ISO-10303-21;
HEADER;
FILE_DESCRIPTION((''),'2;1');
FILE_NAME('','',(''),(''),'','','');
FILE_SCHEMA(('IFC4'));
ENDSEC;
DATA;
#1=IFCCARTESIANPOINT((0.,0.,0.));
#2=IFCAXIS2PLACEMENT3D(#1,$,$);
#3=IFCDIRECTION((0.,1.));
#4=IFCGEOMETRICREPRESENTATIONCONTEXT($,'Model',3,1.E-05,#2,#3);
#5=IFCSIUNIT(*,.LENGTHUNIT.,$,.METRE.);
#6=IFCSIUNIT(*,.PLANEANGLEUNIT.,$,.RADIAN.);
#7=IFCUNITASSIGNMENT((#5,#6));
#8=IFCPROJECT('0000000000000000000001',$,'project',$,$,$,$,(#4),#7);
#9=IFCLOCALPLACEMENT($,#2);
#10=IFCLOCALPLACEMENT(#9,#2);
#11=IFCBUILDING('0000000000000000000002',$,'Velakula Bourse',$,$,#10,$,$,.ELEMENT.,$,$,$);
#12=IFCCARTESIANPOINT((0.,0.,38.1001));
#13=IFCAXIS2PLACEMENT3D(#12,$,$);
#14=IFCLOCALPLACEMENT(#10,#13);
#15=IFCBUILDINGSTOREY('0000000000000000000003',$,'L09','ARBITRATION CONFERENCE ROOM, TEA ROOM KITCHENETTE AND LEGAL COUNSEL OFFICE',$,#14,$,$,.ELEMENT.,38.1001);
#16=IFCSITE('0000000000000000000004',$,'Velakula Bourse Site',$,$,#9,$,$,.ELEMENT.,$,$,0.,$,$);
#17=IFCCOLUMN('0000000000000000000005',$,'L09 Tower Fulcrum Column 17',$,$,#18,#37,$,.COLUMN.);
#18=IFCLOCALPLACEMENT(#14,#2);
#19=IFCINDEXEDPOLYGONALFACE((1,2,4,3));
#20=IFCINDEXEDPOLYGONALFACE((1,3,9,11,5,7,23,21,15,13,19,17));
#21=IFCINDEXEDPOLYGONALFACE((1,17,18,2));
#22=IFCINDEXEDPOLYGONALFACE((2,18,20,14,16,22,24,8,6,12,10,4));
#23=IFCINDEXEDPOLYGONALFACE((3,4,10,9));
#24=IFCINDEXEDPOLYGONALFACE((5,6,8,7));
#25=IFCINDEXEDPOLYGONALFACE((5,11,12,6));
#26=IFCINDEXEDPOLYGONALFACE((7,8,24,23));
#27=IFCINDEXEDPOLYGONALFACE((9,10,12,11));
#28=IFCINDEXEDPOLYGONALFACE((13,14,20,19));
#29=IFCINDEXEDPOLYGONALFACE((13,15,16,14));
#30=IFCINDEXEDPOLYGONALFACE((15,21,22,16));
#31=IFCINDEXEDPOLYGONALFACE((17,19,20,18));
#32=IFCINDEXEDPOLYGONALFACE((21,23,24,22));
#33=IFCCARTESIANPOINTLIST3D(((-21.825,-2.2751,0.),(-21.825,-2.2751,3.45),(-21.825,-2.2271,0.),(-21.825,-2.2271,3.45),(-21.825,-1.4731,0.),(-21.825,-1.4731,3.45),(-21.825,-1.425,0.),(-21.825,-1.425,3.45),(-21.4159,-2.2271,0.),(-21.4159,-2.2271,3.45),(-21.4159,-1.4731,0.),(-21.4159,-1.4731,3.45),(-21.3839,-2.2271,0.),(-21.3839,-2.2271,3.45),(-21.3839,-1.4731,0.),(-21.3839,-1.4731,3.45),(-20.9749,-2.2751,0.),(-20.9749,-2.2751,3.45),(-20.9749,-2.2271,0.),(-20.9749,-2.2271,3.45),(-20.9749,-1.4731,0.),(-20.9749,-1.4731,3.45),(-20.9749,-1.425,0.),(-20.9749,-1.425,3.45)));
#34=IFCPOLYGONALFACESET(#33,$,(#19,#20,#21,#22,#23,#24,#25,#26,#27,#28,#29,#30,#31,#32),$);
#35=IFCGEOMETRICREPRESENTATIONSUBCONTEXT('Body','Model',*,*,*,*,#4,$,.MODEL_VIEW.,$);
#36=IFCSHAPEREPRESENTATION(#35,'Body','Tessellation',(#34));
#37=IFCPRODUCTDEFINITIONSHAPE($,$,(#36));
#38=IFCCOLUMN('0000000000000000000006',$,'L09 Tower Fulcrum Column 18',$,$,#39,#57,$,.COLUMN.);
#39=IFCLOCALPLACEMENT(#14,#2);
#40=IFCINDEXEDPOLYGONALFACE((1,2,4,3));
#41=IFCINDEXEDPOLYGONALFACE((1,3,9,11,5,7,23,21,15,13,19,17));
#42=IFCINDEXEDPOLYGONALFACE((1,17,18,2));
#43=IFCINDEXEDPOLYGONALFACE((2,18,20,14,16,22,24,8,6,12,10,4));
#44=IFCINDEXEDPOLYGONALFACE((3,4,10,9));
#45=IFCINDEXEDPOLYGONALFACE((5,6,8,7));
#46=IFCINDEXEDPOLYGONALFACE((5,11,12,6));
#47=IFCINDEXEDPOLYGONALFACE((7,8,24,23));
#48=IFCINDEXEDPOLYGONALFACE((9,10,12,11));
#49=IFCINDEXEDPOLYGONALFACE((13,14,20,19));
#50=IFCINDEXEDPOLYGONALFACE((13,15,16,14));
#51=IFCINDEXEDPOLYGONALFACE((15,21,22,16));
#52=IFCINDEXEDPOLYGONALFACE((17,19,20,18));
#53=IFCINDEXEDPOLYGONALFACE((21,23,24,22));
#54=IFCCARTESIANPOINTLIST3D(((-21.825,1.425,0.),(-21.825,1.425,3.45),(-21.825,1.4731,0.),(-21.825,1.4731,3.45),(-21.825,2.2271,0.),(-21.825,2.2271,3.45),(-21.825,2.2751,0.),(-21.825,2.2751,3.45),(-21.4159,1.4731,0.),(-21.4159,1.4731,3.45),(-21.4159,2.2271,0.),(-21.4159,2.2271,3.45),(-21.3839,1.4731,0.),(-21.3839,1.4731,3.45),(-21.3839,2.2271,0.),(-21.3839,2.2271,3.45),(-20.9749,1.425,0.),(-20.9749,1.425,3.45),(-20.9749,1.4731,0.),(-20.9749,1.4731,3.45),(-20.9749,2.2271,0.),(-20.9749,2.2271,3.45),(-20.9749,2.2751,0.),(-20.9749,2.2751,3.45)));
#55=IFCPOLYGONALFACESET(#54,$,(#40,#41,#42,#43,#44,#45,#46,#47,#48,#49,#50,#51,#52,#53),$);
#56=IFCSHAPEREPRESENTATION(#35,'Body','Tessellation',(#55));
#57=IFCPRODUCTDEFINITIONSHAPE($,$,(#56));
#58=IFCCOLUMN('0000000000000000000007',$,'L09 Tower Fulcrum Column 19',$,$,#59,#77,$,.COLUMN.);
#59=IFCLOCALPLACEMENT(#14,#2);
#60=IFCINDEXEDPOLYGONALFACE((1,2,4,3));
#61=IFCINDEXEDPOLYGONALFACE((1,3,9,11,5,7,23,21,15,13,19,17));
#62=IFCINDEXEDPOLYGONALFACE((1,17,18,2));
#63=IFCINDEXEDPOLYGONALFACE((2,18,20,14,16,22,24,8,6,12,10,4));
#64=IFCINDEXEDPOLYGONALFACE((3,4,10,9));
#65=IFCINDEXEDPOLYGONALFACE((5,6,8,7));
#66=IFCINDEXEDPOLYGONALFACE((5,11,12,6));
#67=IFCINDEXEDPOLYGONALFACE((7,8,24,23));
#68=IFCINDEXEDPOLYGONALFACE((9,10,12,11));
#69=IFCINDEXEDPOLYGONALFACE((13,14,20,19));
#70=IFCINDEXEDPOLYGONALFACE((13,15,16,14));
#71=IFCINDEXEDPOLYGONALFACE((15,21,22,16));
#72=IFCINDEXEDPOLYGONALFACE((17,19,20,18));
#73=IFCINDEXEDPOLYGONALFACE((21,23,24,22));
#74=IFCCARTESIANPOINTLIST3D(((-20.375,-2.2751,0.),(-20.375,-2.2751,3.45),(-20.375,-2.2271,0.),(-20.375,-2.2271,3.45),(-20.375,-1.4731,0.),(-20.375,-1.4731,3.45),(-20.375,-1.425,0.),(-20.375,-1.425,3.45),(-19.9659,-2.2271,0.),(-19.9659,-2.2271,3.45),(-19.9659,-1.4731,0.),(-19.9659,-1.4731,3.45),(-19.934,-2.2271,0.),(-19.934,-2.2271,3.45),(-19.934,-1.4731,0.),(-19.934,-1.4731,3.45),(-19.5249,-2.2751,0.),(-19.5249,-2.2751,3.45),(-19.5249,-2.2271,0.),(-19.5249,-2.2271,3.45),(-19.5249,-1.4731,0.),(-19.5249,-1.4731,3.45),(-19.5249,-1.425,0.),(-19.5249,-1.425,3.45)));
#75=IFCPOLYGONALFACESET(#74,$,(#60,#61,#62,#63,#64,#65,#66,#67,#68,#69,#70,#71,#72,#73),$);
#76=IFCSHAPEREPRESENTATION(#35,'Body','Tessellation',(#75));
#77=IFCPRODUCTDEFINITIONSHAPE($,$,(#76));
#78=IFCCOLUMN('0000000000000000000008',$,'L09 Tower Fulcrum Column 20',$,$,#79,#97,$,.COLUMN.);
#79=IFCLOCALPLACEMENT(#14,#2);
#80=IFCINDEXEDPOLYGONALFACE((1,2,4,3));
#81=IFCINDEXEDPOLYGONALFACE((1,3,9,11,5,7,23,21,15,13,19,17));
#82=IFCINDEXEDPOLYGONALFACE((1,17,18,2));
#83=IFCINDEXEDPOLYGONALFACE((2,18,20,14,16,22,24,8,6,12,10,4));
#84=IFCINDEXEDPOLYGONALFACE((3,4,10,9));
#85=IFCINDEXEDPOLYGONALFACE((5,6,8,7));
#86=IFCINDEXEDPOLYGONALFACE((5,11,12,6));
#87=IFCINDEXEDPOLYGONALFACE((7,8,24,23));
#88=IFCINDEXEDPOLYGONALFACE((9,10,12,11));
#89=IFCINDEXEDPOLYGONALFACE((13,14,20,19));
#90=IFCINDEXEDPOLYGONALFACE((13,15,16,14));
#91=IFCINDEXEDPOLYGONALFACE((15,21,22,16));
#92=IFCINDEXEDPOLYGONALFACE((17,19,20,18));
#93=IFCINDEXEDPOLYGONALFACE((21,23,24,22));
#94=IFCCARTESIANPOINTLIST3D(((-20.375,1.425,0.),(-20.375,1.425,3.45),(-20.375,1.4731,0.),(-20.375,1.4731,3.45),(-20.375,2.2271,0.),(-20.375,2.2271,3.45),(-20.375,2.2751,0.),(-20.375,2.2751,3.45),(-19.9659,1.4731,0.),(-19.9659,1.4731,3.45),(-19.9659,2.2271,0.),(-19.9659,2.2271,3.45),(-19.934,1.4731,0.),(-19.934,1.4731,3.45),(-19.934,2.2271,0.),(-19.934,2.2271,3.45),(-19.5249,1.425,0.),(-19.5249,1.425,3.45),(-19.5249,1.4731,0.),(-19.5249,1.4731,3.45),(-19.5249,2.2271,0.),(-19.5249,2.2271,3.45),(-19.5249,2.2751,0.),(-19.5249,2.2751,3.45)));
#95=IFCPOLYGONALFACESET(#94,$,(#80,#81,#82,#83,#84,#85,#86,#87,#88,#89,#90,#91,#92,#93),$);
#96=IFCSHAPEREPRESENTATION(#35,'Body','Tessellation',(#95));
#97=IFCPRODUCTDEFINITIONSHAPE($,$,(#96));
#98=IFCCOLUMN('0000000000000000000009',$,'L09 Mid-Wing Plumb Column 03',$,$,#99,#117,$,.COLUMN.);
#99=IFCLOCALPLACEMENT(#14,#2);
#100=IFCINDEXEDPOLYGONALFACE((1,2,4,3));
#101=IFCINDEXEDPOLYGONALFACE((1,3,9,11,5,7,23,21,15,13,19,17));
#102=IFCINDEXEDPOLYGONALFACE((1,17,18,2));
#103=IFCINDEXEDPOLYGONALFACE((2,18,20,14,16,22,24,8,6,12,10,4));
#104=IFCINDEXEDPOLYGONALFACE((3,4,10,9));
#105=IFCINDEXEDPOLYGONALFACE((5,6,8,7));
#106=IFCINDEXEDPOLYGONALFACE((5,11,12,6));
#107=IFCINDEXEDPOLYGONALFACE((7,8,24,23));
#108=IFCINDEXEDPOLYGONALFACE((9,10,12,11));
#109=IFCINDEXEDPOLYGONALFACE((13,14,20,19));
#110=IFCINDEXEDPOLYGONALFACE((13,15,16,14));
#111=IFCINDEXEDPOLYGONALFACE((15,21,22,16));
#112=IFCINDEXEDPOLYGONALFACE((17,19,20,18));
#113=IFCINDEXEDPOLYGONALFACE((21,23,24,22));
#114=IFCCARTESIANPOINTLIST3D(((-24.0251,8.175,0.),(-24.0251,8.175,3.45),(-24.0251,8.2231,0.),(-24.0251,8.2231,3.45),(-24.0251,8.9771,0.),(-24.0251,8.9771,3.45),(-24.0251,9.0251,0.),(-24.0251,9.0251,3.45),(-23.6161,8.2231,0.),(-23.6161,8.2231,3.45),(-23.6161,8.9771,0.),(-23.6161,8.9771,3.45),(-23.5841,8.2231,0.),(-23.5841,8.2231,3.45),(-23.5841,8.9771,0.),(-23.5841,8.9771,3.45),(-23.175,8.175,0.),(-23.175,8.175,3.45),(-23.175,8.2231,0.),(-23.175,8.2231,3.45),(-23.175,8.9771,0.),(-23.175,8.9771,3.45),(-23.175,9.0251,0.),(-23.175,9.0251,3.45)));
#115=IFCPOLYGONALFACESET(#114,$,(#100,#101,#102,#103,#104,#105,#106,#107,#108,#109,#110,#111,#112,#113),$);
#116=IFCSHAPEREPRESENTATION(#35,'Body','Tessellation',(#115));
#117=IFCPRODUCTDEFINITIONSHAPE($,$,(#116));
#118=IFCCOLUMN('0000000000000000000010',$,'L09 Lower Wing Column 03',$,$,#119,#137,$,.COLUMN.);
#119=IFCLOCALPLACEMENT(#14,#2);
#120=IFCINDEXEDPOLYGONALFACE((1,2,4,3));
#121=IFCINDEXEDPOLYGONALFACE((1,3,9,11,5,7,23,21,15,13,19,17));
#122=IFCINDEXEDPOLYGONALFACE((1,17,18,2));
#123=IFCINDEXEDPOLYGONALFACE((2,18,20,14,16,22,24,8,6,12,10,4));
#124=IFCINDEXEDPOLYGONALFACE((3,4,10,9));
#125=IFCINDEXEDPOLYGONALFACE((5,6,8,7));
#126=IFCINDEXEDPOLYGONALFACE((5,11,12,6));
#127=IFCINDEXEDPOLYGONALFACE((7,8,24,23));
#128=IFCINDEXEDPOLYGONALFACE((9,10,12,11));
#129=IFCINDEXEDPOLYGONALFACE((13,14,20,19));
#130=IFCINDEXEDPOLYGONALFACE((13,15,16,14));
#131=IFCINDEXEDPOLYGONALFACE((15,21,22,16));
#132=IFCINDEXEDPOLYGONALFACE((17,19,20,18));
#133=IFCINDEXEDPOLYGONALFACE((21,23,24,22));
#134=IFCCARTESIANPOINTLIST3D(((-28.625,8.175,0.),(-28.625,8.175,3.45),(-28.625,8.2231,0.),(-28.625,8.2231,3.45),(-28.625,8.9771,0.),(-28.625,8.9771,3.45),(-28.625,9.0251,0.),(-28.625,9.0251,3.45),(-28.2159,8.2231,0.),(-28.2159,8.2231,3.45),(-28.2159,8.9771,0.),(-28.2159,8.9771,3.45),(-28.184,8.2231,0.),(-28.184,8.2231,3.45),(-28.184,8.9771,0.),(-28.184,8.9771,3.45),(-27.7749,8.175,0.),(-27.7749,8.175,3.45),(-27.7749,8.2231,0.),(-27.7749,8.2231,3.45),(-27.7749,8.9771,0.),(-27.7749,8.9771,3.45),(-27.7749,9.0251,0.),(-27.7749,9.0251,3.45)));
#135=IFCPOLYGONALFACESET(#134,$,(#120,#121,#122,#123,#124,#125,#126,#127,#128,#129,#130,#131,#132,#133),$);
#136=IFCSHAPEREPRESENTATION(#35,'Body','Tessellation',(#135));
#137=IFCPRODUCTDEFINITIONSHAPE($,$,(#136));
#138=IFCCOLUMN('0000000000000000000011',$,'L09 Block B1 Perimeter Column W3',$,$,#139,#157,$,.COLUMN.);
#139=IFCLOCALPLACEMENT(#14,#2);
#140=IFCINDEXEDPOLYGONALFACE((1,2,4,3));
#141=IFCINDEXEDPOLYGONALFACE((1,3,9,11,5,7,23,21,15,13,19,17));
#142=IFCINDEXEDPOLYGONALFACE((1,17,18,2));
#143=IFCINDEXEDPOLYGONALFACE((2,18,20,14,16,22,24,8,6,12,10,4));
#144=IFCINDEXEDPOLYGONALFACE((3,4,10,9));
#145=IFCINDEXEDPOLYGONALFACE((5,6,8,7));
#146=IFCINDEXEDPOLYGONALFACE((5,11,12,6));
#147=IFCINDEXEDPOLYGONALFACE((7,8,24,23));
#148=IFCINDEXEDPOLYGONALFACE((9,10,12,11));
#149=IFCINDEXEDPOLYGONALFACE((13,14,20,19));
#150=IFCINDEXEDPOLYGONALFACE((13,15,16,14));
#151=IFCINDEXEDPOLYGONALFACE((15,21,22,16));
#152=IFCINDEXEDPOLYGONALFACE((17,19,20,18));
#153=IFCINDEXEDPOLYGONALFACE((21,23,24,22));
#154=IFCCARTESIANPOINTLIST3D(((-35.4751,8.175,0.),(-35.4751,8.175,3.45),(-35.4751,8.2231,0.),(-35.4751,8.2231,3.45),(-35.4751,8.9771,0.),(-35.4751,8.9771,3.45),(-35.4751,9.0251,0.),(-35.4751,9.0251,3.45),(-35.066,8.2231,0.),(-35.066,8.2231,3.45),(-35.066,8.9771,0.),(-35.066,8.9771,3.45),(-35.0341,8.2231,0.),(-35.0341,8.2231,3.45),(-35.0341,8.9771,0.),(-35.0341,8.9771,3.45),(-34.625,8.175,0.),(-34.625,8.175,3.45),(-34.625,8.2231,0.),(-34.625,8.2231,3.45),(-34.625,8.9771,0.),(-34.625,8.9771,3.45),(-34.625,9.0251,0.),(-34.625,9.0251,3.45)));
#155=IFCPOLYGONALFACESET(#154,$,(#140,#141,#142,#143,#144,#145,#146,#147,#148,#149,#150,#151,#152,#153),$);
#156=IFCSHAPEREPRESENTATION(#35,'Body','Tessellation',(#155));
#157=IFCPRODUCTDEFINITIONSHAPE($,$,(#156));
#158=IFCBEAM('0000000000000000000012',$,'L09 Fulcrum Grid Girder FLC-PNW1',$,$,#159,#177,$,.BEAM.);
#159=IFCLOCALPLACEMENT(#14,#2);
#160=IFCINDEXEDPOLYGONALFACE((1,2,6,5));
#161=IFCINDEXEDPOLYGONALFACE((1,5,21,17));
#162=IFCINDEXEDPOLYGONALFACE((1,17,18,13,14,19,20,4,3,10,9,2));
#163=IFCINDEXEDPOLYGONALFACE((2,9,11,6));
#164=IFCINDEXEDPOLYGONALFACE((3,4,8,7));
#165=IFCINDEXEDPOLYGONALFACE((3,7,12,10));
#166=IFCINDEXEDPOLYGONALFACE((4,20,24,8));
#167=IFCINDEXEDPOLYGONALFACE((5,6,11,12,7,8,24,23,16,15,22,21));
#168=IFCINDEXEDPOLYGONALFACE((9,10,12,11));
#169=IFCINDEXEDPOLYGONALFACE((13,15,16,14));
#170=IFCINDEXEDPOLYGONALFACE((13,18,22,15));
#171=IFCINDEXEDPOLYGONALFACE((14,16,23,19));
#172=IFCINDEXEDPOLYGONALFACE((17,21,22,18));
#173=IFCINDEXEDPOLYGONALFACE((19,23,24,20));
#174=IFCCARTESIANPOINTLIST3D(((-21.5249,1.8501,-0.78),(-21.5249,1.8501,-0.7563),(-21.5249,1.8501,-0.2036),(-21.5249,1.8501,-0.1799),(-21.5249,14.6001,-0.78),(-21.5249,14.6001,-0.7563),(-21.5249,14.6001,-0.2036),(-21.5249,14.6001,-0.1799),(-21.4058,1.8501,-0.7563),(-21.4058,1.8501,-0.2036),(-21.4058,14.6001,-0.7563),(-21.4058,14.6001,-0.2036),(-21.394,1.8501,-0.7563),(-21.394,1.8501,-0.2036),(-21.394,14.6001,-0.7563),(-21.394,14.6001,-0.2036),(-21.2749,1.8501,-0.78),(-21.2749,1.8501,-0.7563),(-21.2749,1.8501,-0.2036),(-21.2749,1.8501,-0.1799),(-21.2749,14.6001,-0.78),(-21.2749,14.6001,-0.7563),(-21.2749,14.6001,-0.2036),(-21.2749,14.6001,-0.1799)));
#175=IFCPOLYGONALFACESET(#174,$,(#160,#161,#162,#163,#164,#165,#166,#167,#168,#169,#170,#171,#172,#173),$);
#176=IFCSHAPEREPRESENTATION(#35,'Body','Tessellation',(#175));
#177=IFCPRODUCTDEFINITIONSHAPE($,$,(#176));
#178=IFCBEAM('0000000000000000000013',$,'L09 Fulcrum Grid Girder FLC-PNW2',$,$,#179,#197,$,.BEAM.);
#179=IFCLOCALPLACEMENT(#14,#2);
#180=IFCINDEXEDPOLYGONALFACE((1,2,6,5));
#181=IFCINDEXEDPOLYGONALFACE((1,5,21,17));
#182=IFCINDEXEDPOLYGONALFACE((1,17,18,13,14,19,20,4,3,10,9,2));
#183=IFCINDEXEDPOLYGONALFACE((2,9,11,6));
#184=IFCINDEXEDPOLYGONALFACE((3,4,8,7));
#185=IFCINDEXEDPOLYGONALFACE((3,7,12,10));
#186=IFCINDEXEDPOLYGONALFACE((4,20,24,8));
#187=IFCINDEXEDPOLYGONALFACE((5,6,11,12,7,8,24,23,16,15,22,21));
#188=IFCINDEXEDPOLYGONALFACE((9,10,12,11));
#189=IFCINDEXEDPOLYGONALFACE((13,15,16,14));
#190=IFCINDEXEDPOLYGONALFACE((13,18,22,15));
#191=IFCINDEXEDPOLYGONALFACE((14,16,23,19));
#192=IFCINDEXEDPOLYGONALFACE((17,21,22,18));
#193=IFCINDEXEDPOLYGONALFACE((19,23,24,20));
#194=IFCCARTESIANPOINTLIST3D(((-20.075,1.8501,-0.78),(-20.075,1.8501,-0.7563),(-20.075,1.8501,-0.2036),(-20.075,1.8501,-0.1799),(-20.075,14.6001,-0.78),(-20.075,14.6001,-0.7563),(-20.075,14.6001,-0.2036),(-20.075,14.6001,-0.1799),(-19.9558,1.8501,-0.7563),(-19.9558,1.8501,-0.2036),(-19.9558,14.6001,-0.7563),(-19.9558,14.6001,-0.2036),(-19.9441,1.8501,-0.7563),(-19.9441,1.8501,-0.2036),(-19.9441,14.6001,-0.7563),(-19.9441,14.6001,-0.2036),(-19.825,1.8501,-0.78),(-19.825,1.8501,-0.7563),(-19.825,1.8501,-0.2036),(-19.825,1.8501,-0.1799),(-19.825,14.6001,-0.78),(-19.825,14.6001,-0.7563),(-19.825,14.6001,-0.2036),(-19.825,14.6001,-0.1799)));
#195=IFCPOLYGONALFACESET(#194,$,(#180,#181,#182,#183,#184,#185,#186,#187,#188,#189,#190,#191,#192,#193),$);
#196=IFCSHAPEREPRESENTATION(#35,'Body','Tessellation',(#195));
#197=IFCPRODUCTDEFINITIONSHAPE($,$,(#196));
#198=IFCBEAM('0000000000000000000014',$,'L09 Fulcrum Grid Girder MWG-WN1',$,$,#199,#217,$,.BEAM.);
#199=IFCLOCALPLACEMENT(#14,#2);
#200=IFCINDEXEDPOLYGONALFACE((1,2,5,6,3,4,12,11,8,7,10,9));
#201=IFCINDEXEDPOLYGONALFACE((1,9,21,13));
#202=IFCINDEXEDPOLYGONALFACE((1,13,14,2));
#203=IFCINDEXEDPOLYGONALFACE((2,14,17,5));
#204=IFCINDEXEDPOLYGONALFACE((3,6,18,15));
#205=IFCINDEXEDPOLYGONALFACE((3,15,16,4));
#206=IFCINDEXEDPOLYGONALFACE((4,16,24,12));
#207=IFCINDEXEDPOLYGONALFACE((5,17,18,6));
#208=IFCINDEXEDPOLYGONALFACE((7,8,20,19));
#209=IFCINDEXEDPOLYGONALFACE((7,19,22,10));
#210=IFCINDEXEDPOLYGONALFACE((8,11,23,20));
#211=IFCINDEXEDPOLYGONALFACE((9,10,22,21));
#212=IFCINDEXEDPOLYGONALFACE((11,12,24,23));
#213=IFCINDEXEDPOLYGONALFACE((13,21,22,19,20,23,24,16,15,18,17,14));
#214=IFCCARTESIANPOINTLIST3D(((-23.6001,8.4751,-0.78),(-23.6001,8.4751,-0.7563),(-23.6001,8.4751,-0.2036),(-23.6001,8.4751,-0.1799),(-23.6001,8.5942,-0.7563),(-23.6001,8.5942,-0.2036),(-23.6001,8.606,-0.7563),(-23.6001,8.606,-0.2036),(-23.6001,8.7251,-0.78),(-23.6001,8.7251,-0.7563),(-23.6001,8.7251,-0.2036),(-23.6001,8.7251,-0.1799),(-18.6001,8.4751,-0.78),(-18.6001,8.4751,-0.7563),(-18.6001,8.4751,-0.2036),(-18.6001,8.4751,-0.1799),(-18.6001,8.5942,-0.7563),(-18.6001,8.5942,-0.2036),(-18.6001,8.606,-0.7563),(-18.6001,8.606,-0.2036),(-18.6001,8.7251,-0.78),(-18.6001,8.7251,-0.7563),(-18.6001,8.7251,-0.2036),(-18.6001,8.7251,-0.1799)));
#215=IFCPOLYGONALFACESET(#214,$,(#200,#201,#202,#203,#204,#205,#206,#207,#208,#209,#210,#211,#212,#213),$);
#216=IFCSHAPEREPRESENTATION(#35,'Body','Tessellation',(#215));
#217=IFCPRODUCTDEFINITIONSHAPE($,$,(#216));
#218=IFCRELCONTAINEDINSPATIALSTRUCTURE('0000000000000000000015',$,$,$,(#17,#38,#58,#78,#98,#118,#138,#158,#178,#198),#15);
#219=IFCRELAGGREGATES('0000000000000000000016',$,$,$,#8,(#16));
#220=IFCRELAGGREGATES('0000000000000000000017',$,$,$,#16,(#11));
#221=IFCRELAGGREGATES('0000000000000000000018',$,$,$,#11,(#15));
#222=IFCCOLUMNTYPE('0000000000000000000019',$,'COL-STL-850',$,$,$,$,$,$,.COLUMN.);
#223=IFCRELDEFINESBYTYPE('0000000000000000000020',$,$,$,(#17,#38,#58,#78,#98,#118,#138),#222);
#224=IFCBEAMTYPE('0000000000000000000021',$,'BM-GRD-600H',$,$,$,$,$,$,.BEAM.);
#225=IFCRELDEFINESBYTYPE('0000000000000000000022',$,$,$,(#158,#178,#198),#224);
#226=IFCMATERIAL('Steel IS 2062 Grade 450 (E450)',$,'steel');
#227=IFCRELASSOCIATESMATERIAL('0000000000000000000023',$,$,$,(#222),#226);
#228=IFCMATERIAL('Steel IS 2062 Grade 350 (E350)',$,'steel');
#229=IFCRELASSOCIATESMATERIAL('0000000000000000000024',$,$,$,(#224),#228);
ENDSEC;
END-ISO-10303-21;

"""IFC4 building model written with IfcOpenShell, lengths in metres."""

from ifc_helpers import new_model, si_unit, direction, frame, origin, origin_2d, place, context, subcontext, project, spatial, i_section, extrude, material, material_profile, profile_set, type_object, element, save


model = new_model("IFC4")

# Units and contexts
model_context = context("Model", 3, precision=1e-05, world=origin(), true_north=direction((0.0, 1.0)))
body_context = subcontext(model_context, "Body", "Model", "MODEL_VIEW")
ifc_project = project(units=[si_unit("LENGTHUNIT", "METRE"), si_unit("PLANEANGLEUNIT", "RADIAN")], contexts=[model_context])

# Site, building, storey
site_placement = place(None, origin())
site = spatial("IfcSite", under=ifc_project, at=site_placement, Name="Velakula Bourse Site", CompositionType="ELEMENT", RefElevation=0.0)
building_placement = place(site_placement, origin())
building = spatial("IfcBuilding", under=site, at=building_placement, Name="Velakula Bourse", CompositionType="ELEMENT")
storey_placement = place(building_placement, frame((0.0, 0.0, 38.1001)))
storey = spatial("IfcBuildingStorey", under=building, at=storey_placement, Name="L09", Description="ARBITRATION CONFERENCE ROOM, TEA ROOM KITCHENETTE AND LEGAL COUNSEL OFFICE", CompositionType="ELEMENT", Elevation=38.1001)

# Columns
ifc_material_1 = material(Name="Steel IS 2062 Grade 450 (E450)", Category="steel")
ifc_material_profile_1 = material_profile(ifc_material_1, i_section(OverallWidth=0.8501, OverallDepth=0.8501, WebThickness=0.032, FlangeThickness=0.0481, at=origin_2d()), Name="Steel IS 2062 Grade 450 (E450)")
ifc_profile_set_1 = profile_set([ifc_material_profile_1], Name="Steel IS 2062 Grade 450 (E450)")
column_type = type_object("IfcColumnType", Name="COL-STL-850", PredefinedType="COLUMN", material=ifc_profile_set_1)
for number, where, z_axis, x_axis, name in (
    (1, (-21.3999, -1.8501, 0.0), (0.0, 0.0, 1.0), (1.0, 0.0, 0.0), "L09 Tower Fulcrum Column 17"),
    (2, (-21.3999, 1.8501, 0.0), (0.0, 0.0, 1.0), (1.0, 0.0, 0.0), "L09 Tower Fulcrum Column 18"),
    (3, (-19.95, -1.8501, 0.0), (0.0, 0.0, 1.0), (1.0, 0.0, 0.0), "L09 Tower Fulcrum Column 19"),
    (4, (-19.95, 1.8501, 0.0), (0.0, 0.0, 1.0), (1.0, 0.0, 0.0), "L09 Tower Fulcrum Column 20"),
    (5, (-23.6001, 8.6001, 0.0), (0.0, 0.0, 1.0), (1.0, 0.0, 0.0), "L09 Mid-Wing Plumb Column 03"),
    (6, (-28.2, 8.6001, 0.0), (0.0, 0.0, 1.0), (1.0, 0.0, 0.0), "L09 Lower Wing Column 03"),
    (7, (-35.05, 8.6001, 0.0), (0.0, 0.0, 1.0), (1.0, 0.0, 0.0), "L09 Block B1 Perimeter Column W3"),
):
    element("IfcColumn", number, at=place(storey_placement, frame(where, z_axis=z_axis, x_axis=x_axis)), inside=storey, type_object=column_type, Name=name, PredefinedType="COLUMN", context=body_context, shape_type="SweptSolid", body=[
        extrude(i_section(OverallWidth=0.8501, OverallDepth=0.8501, WebThickness=0.032, FlangeThickness=0.0481, at=origin_2d()), origin(), (0.0, 0.0, 1.0), 3.45),
    ])

# Beams
ifc_material_2 = material(Name="Steel IS 2062 Grade 350 (E350)", Category="steel")
ifc_material_profile_2 = material_profile(ifc_material_2, i_section(OverallWidth=0.25, OverallDepth=0.6001, WebThickness=0.0117, FlangeThickness=0.0237, at=origin_2d()), Name="Steel IS 2062 Grade 350 (E350)")
ifc_profile_set_2 = profile_set([ifc_material_profile_2], Name="Steel IS 2062 Grade 350 (E350)")
beam_type_1 = type_object("IfcBeamType", Name="BM-GRD-600H", PredefinedType="BEAM", material=ifc_profile_set_2)
for number, where, z_axis, x_axis, name in (
    (8, (-21.3999, 1.8501, -0.48), (0.0, 1.0, 0.0), (-1.0, 0.0, 0.0), "L09 Fulcrum Grid Girder FLC-PNW1"),
    (9, (-19.95, 1.8501, -0.48), (0.0, 1.0, 0.0), (-1.0, 0.0, 0.0), "L09 Fulcrum Grid Girder FLC-PNW2"),
):
    element("IfcBeam", number, at=place(storey_placement, frame(where, z_axis=z_axis, x_axis=x_axis)), inside=storey, type_object=beam_type_1, Name=name, PredefinedType="BEAM", context=body_context, shape_type="SweptSolid", body=[
        extrude(i_section(OverallWidth=0.25, OverallDepth=0.6001, WebThickness=0.0117, FlangeThickness=0.0237, at=origin_2d()), origin(), (0.0, 0.0, 1.0), 12.75),
    ])
beam_1_placement = place(storey_placement, frame((-23.6001, 8.6001, -0.48), z_axis=(1.0, 0.0, 0.0), x_axis=(0.0, 1.0, 0.0)))
element("IfcBeam", 10, at=beam_1_placement, inside=storey, type_object=beam_type_1, Name="L09 Fulcrum Grid Girder MWG-WN1", PredefinedType="BEAM", context=body_context, shape_type="SweptSolid", body=[
    extrude(i_section(OverallWidth=0.25, OverallDepth=0.6001, WebThickness=0.0117, FlangeThickness=0.0237, at=origin_2d()), origin(), (0.0, 0.0, 1.0), 5.0),
])

save(model, "model.ifc")
